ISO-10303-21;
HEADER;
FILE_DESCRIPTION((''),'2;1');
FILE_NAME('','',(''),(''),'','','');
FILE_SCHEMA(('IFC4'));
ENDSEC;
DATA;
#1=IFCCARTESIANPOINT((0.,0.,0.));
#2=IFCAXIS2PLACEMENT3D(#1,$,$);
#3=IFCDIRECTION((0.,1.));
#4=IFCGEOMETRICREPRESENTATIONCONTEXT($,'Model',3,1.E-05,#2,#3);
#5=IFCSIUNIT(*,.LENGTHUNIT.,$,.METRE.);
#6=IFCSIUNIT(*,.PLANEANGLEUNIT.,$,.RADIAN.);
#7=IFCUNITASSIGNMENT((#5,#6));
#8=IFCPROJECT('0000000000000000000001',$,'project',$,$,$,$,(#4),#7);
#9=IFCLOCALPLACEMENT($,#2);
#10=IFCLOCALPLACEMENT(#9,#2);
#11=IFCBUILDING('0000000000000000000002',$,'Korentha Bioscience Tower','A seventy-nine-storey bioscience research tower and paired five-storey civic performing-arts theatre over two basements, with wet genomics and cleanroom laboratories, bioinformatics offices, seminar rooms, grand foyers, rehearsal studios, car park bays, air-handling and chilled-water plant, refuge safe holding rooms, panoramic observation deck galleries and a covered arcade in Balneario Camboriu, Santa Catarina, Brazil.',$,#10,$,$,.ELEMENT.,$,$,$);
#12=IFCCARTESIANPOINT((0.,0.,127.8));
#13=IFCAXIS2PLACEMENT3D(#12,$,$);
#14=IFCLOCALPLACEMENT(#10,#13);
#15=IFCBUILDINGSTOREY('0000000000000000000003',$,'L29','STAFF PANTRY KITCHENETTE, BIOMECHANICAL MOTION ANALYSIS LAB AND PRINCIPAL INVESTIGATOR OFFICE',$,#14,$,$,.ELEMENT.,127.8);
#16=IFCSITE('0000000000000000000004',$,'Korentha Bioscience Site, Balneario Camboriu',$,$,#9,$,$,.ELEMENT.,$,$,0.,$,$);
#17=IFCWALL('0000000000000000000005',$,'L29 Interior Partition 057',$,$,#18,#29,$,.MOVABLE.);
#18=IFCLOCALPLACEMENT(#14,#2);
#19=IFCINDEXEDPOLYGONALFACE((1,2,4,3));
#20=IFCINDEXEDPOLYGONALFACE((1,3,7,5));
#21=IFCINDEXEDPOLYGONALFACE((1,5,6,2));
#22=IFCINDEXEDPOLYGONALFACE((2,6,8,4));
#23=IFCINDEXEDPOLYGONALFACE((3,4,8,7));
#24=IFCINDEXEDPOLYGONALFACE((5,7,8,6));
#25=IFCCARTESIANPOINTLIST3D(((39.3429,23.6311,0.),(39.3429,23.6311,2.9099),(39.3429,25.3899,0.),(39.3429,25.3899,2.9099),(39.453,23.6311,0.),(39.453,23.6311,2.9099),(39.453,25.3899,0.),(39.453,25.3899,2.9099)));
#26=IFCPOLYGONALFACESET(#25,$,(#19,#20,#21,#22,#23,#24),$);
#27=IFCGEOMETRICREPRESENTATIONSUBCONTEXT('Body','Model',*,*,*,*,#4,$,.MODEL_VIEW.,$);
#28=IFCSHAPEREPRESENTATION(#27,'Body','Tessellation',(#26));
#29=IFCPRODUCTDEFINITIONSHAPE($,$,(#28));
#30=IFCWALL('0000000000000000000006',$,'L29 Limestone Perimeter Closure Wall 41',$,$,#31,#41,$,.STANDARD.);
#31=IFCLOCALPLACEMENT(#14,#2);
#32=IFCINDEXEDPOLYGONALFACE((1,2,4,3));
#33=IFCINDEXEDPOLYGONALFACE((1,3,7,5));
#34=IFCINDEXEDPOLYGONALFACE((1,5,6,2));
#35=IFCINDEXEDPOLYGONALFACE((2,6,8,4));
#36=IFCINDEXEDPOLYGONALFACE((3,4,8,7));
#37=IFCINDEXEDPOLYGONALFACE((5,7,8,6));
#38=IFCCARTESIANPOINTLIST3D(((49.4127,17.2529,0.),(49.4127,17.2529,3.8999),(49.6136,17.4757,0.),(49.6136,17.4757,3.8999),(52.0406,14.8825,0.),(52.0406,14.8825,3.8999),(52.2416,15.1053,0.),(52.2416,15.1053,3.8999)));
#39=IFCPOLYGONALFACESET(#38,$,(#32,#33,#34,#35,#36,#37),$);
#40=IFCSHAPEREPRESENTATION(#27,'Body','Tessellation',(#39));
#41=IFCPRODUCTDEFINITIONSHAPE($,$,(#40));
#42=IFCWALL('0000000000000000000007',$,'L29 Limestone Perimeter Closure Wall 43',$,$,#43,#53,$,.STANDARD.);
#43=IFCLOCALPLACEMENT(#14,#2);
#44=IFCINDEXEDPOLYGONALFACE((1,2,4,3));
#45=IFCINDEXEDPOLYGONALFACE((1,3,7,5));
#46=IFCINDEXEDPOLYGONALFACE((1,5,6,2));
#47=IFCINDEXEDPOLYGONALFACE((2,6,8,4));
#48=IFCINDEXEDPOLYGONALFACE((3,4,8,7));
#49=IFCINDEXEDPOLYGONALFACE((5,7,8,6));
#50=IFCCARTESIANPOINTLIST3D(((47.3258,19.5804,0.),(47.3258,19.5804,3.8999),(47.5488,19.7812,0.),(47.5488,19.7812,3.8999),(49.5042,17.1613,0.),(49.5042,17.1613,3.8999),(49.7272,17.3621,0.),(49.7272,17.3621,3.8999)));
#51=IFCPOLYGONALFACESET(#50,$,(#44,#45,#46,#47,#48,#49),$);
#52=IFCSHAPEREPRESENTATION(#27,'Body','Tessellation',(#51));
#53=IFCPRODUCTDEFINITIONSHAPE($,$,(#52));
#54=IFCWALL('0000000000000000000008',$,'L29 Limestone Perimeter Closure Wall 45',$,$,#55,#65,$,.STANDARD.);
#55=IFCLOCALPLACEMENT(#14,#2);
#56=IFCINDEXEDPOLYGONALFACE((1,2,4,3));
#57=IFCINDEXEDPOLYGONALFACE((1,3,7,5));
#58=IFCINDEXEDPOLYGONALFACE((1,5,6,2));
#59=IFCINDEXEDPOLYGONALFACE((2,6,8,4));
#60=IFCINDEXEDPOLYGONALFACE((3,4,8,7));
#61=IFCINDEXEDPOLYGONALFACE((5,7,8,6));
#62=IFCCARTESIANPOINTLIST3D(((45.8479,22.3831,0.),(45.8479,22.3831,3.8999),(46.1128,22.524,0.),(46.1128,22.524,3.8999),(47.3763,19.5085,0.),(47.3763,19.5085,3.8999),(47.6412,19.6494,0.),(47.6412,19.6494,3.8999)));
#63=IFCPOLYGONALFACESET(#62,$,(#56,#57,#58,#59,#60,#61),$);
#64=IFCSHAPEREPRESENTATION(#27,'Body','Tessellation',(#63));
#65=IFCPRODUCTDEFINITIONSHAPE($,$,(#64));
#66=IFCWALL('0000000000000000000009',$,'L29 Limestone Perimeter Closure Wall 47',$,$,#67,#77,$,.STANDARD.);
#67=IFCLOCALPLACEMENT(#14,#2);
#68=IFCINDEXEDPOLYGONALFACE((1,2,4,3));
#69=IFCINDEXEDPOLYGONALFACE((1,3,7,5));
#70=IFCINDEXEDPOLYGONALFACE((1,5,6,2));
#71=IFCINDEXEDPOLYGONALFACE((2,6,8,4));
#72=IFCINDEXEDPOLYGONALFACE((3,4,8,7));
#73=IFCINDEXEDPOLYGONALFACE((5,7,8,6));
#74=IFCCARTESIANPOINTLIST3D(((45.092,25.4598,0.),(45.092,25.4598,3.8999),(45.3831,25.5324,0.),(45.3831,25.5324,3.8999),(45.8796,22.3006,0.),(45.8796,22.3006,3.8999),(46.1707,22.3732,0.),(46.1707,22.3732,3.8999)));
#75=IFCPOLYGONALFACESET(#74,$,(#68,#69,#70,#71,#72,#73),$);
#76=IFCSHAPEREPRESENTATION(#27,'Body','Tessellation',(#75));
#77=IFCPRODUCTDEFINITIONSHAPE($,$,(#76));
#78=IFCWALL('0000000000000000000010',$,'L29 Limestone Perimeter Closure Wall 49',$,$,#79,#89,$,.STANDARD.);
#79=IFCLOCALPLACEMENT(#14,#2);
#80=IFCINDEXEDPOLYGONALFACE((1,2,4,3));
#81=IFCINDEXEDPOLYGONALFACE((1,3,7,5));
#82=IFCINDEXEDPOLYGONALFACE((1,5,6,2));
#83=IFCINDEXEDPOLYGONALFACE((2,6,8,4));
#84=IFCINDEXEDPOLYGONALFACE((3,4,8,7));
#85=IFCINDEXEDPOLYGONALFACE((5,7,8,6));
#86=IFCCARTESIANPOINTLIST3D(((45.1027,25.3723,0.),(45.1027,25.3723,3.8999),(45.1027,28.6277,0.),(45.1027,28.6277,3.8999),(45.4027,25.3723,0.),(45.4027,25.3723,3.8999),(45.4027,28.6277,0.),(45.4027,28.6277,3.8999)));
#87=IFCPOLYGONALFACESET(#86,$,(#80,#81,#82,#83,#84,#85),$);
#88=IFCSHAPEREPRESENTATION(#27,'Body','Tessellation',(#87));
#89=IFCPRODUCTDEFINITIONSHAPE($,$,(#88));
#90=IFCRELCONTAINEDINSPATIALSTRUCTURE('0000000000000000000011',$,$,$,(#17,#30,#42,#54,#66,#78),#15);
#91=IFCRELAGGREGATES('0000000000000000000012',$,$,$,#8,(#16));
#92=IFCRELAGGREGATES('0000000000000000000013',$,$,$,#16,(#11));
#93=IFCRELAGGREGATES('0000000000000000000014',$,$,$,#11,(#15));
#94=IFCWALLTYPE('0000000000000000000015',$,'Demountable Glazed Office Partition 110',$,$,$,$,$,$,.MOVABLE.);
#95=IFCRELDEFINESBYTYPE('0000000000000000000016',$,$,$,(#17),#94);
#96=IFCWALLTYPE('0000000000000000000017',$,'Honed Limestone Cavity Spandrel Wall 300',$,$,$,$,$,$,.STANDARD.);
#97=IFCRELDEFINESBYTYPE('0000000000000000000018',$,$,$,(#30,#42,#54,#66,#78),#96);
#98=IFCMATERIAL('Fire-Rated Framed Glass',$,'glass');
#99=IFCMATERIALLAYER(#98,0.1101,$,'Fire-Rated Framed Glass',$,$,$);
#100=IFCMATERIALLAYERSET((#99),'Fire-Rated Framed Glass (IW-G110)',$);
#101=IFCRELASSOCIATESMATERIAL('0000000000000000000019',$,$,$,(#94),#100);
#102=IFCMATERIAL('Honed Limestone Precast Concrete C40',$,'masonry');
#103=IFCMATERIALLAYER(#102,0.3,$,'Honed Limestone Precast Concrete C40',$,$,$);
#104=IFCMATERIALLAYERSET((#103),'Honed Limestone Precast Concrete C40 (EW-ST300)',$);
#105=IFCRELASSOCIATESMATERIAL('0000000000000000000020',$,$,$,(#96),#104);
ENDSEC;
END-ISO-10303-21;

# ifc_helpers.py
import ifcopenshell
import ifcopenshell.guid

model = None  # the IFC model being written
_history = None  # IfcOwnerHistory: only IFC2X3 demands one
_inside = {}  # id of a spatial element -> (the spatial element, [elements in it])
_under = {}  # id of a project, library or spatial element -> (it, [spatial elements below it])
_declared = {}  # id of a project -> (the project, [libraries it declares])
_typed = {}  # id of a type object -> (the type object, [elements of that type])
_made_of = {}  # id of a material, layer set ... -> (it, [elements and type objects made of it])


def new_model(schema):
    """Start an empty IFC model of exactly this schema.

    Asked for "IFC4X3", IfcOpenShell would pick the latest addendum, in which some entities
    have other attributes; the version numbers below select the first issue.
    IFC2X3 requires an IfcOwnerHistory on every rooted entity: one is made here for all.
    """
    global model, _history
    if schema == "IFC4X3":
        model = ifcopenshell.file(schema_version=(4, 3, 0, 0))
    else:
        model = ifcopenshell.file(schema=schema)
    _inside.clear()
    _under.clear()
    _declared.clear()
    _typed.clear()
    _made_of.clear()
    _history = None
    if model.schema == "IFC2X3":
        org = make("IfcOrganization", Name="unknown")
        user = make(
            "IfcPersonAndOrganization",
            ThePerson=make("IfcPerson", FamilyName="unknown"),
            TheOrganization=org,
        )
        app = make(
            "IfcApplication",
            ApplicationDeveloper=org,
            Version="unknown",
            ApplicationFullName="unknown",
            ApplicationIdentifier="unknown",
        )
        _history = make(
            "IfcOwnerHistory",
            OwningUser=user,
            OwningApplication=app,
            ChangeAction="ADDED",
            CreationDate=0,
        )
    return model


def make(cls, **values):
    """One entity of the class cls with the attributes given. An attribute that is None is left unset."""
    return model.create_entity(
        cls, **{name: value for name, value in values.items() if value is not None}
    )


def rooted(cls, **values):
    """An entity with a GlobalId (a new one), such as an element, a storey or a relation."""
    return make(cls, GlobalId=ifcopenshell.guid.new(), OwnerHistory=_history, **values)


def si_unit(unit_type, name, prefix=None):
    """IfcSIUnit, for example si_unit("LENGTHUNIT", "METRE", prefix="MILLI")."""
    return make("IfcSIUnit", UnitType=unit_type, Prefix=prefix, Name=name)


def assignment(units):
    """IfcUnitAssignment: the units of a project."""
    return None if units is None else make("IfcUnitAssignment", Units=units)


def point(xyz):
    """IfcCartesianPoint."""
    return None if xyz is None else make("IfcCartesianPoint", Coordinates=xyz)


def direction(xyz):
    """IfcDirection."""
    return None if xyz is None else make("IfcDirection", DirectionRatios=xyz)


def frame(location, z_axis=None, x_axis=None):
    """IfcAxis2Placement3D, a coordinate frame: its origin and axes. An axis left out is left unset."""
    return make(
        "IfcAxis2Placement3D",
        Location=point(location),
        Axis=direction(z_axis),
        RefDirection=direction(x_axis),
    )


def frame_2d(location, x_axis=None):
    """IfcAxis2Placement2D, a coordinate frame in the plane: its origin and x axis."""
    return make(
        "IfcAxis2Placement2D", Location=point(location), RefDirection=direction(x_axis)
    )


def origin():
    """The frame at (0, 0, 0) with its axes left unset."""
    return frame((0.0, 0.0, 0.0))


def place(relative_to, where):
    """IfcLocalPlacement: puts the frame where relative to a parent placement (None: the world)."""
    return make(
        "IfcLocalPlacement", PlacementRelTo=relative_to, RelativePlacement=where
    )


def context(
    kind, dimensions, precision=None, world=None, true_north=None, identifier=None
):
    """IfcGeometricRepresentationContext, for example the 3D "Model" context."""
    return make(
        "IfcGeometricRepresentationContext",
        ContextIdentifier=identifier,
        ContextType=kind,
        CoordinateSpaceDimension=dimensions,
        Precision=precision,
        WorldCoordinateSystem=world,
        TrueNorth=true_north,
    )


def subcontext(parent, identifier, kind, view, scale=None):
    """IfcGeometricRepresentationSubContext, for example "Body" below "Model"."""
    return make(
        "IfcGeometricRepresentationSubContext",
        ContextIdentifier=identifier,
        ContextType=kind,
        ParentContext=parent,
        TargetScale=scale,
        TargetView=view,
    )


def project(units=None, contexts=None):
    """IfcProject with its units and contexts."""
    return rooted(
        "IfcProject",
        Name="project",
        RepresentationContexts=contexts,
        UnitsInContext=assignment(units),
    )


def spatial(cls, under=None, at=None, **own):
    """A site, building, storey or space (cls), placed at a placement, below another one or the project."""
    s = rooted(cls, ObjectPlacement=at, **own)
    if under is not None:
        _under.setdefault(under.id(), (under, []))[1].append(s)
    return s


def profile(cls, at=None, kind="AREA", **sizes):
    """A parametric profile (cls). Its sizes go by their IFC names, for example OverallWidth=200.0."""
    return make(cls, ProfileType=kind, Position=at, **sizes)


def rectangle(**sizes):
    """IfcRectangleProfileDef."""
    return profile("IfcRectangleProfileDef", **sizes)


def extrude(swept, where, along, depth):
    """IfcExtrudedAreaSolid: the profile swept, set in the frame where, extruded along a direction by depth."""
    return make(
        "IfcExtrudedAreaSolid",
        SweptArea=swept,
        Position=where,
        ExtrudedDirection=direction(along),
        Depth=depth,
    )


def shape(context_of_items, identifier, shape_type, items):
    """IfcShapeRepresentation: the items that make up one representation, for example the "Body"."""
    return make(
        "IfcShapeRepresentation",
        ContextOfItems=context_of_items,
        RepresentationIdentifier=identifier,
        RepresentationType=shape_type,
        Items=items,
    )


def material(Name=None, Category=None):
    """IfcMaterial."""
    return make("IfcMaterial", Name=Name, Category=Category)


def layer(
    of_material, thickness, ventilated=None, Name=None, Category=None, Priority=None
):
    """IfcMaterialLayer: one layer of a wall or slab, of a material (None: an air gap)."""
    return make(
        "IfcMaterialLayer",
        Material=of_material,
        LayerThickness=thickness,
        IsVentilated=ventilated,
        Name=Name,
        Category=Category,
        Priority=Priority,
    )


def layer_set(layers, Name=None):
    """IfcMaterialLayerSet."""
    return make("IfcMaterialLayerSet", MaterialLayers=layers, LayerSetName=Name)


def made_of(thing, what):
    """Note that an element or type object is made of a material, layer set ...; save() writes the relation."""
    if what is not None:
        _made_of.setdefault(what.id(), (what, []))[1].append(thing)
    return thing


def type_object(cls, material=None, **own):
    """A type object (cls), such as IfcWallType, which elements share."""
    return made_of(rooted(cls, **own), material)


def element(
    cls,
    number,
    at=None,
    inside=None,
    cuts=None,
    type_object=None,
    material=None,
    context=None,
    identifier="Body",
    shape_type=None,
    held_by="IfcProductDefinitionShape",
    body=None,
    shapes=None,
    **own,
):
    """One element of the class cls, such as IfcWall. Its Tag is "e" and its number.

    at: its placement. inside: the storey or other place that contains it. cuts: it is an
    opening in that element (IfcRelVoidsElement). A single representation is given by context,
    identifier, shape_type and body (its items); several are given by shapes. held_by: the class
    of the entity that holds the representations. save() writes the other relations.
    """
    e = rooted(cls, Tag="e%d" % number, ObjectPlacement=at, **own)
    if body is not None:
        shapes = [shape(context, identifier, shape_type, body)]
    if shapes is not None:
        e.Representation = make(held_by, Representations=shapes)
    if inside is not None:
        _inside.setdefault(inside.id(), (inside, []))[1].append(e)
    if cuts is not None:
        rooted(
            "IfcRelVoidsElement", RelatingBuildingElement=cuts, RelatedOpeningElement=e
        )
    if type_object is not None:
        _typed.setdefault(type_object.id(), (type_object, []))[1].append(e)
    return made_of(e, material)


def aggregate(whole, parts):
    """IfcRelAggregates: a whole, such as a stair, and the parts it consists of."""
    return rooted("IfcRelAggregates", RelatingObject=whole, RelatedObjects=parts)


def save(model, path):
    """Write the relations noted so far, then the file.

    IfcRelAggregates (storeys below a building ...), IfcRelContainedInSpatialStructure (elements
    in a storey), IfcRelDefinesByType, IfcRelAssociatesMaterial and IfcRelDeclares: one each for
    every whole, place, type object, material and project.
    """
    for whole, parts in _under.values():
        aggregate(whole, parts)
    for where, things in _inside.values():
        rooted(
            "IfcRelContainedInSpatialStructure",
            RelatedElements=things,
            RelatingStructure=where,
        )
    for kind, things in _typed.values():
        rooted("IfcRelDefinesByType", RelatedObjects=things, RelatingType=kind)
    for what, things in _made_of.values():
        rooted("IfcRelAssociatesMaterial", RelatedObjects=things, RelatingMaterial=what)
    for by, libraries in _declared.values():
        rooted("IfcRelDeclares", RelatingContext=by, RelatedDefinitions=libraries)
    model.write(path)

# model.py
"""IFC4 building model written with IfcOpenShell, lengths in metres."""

from ifc_helpers import new_model, si_unit, direction, frame, frame_2d, origin, place, context, subcontext, project, spatial, rectangle, extrude, material, layer, layer_set, type_object, element, save


model = new_model("IFC4")

# Units and contexts
model_context = context("Model", 3, precision=1e-05, world=origin(), true_north=direction((0.0, 1.0)))
body_context = subcontext(model_context, "Body", "Model", "MODEL_VIEW")
ifc_project = project(units=[si_unit("LENGTHUNIT", "METRE"), si_unit("PLANEANGLEUNIT", "RADIAN")], contexts=[model_context])

# Site, building, storey
site_placement = place(None, origin())
site = spatial("IfcSite", under=ifc_project, at=site_placement, Name="Korentha Bioscience Site, Balneario Camboriu", CompositionType="ELEMENT", RefElevation=0.0)
building_placement = place(site_placement, origin())
building = spatial("IfcBuilding", under=site, at=building_placement, Name="Korentha Bioscience Tower", Description="A seventy-nine-storey bioscience research tower and paired five-storey civic performing-arts theatre over two basements, with wet genomics and cleanroom laboratories, bioinformatics offices, seminar rooms, grand foyers, rehearsal studios, car park bays, air-handling and chilled-water plant, refuge safe holding rooms, panoramic observation deck galleries and a covered arcade in Balneario Camboriu, Santa Catarina, Brazil.", CompositionType="ELEMENT")
storey_placement = place(building_placement, frame((0.0, 0.0, 127.8)))
storey = spatial("IfcBuildingStorey", under=building, at=storey_placement, Name="L29", Description="STAFF PANTRY KITCHENETTE, BIOMECHANICAL MOTION ANALYSIS LAB AND PRINCIPAL INVESTIGATOR OFFICE", CompositionType="ELEMENT", Elevation=127.8)

# Shared definitions
ifc_material_1 = material(Name="Fire-Rated Framed Glass", Category="glass")
ifc_layer_1 = layer(ifc_material_1, 0.1101, Name="Fire-Rated Framed Glass")
ifc_layer_set_1 = layer_set([ifc_layer_1], Name="Fire-Rated Framed Glass (IW-G110)")
wall_type_1 = type_object("IfcWallType", Name="Demountable Glazed Office Partition 110", PredefinedType="MOVABLE", material=ifc_layer_set_1)

# Walls
wall_1_placement = place(storey_placement, frame((39.3979, 25.3899, 0.0), z_axis=(0.0, 0.0, 1.0), x_axis=(0.0, -1.0, 0.0)))
element("IfcWall", 1, at=wall_1_placement, inside=storey, type_object=wall_type_1, Name="L29 Interior Partition 057", PredefinedType="MOVABLE", context=body_context, shape_type="SweptSolid", body=[
    extrude(rectangle(XDim=1.7588, YDim=0.1101, at=frame_2d((0.8794, 0.0))), origin(), (0.0, 0.0, 1.0), 2.9099),
])
ifc_material_2 = material(Name="Honed Limestone Precast Concrete C40", Category="masonry")
ifc_layer_2 = layer(ifc_material_2, 0.3, Name="Honed Limestone Precast Concrete C40")
ifc_layer_set_2 = layer_set([ifc_layer_2], Name="Honed Limestone Precast Concrete C40 (EW-ST300)")
wall_type_2 = type_object("IfcWallType", Name="Honed Limestone Cavity Spandrel Wall 300", PredefinedType="STANDARD", material=ifc_layer_set_2)
wall_2_placement = place(storey_placement, frame((52.1411, 14.9939, 0.0), z_axis=(0.0, 0.0, 1.0), x_axis=(-0.74256, 0.66978, 0.0)))
element("IfcWall", 2, at=wall_2_placement, inside=storey, type_object=wall_type_2, Name="L29 Limestone Perimeter Closure Wall 41", PredefinedType="STANDARD", context=body_context, shape_type="SweptSolid", body=[
    extrude(rectangle(XDim=3.5391, YDim=0.3, at=frame_2d((1.7695, 0.0))), origin(), (0.0, 0.0, 1.0), 3.8999),
])
wall_3_placement = place(storey_placement, frame((49.6157, 17.2617, 0.0), z_axis=(0.0, 0.0, 1.0), x_axis=(-0.669168, 0.743111, 0.0)))
element("IfcWall", 3, at=wall_3_placement, inside=storey, type_object=wall_type_2, Name="L29 Limestone Perimeter Closure Wall 43", PredefinedType="STANDARD", context=body_context, shape_type="SweptSolid", body=[
    extrude(rectangle(XDim=3.2554, YDim=0.3, at=frame_2d((1.6277, 0.0))), origin(), (0.0, 0.0, 1.0), 3.8999),
])
wall_4_placement = place(storey_placement, frame((47.5088, 19.5789, 0.0), z_axis=(0.0, 0.0, 1.0), x_axis=(-0.469451, 0.882958, 0.0)))
element("IfcWall", 4, at=wall_4_placement, inside=storey, type_object=wall_type_2, Name="L29 Limestone Perimeter Closure Wall 45", PredefinedType="STANDARD", context=body_context, shape_type="SweptSolid", body=[
    extrude(rectangle(XDim=3.2556, YDim=0.3, at=frame_2d((1.6279, 0.0))), origin(), (0.0, 0.0, 1.0), 3.8999),
])
wall_5_placement = place(storey_placement, frame((46.0251, 22.3369, 0.0), z_axis=(0.0, 0.0, 1.0), x_axis=(-0.2419, 0.970301, 0.0)))
element("IfcWall", 5, at=wall_5_placement, inside=storey, type_object=wall_type_2, Name="L29 Limestone Perimeter Closure Wall 47", PredefinedType="STANDARD", context=body_context, shape_type="SweptSolid", body=[
    extrude(rectangle(XDim=3.2559, YDim=0.3, at=frame_2d((1.6279, 0.0))), origin(), (0.0, 0.0, 1.0), 3.8999),
])
wall_6_placement = place(storey_placement, frame((45.2527, 25.3723, 0.0), z_axis=(0.0, 0.0, 1.0), x_axis=(0.0, 1.0, 0.0)))
element("IfcWall", 6, at=wall_6_placement, inside=storey, type_object=wall_type_2, Name="L29 Limestone Perimeter Closure Wall 49", PredefinedType="STANDARD", context=body_context, shape_type="SweptSolid", body=[
    extrude(rectangle(XDim=3.2554, YDim=0.3, at=frame_2d((1.6277, 0.0))), origin(), (0.0, 0.0, 1.0), 3.8999),
])

save(model, "model.ifc")
